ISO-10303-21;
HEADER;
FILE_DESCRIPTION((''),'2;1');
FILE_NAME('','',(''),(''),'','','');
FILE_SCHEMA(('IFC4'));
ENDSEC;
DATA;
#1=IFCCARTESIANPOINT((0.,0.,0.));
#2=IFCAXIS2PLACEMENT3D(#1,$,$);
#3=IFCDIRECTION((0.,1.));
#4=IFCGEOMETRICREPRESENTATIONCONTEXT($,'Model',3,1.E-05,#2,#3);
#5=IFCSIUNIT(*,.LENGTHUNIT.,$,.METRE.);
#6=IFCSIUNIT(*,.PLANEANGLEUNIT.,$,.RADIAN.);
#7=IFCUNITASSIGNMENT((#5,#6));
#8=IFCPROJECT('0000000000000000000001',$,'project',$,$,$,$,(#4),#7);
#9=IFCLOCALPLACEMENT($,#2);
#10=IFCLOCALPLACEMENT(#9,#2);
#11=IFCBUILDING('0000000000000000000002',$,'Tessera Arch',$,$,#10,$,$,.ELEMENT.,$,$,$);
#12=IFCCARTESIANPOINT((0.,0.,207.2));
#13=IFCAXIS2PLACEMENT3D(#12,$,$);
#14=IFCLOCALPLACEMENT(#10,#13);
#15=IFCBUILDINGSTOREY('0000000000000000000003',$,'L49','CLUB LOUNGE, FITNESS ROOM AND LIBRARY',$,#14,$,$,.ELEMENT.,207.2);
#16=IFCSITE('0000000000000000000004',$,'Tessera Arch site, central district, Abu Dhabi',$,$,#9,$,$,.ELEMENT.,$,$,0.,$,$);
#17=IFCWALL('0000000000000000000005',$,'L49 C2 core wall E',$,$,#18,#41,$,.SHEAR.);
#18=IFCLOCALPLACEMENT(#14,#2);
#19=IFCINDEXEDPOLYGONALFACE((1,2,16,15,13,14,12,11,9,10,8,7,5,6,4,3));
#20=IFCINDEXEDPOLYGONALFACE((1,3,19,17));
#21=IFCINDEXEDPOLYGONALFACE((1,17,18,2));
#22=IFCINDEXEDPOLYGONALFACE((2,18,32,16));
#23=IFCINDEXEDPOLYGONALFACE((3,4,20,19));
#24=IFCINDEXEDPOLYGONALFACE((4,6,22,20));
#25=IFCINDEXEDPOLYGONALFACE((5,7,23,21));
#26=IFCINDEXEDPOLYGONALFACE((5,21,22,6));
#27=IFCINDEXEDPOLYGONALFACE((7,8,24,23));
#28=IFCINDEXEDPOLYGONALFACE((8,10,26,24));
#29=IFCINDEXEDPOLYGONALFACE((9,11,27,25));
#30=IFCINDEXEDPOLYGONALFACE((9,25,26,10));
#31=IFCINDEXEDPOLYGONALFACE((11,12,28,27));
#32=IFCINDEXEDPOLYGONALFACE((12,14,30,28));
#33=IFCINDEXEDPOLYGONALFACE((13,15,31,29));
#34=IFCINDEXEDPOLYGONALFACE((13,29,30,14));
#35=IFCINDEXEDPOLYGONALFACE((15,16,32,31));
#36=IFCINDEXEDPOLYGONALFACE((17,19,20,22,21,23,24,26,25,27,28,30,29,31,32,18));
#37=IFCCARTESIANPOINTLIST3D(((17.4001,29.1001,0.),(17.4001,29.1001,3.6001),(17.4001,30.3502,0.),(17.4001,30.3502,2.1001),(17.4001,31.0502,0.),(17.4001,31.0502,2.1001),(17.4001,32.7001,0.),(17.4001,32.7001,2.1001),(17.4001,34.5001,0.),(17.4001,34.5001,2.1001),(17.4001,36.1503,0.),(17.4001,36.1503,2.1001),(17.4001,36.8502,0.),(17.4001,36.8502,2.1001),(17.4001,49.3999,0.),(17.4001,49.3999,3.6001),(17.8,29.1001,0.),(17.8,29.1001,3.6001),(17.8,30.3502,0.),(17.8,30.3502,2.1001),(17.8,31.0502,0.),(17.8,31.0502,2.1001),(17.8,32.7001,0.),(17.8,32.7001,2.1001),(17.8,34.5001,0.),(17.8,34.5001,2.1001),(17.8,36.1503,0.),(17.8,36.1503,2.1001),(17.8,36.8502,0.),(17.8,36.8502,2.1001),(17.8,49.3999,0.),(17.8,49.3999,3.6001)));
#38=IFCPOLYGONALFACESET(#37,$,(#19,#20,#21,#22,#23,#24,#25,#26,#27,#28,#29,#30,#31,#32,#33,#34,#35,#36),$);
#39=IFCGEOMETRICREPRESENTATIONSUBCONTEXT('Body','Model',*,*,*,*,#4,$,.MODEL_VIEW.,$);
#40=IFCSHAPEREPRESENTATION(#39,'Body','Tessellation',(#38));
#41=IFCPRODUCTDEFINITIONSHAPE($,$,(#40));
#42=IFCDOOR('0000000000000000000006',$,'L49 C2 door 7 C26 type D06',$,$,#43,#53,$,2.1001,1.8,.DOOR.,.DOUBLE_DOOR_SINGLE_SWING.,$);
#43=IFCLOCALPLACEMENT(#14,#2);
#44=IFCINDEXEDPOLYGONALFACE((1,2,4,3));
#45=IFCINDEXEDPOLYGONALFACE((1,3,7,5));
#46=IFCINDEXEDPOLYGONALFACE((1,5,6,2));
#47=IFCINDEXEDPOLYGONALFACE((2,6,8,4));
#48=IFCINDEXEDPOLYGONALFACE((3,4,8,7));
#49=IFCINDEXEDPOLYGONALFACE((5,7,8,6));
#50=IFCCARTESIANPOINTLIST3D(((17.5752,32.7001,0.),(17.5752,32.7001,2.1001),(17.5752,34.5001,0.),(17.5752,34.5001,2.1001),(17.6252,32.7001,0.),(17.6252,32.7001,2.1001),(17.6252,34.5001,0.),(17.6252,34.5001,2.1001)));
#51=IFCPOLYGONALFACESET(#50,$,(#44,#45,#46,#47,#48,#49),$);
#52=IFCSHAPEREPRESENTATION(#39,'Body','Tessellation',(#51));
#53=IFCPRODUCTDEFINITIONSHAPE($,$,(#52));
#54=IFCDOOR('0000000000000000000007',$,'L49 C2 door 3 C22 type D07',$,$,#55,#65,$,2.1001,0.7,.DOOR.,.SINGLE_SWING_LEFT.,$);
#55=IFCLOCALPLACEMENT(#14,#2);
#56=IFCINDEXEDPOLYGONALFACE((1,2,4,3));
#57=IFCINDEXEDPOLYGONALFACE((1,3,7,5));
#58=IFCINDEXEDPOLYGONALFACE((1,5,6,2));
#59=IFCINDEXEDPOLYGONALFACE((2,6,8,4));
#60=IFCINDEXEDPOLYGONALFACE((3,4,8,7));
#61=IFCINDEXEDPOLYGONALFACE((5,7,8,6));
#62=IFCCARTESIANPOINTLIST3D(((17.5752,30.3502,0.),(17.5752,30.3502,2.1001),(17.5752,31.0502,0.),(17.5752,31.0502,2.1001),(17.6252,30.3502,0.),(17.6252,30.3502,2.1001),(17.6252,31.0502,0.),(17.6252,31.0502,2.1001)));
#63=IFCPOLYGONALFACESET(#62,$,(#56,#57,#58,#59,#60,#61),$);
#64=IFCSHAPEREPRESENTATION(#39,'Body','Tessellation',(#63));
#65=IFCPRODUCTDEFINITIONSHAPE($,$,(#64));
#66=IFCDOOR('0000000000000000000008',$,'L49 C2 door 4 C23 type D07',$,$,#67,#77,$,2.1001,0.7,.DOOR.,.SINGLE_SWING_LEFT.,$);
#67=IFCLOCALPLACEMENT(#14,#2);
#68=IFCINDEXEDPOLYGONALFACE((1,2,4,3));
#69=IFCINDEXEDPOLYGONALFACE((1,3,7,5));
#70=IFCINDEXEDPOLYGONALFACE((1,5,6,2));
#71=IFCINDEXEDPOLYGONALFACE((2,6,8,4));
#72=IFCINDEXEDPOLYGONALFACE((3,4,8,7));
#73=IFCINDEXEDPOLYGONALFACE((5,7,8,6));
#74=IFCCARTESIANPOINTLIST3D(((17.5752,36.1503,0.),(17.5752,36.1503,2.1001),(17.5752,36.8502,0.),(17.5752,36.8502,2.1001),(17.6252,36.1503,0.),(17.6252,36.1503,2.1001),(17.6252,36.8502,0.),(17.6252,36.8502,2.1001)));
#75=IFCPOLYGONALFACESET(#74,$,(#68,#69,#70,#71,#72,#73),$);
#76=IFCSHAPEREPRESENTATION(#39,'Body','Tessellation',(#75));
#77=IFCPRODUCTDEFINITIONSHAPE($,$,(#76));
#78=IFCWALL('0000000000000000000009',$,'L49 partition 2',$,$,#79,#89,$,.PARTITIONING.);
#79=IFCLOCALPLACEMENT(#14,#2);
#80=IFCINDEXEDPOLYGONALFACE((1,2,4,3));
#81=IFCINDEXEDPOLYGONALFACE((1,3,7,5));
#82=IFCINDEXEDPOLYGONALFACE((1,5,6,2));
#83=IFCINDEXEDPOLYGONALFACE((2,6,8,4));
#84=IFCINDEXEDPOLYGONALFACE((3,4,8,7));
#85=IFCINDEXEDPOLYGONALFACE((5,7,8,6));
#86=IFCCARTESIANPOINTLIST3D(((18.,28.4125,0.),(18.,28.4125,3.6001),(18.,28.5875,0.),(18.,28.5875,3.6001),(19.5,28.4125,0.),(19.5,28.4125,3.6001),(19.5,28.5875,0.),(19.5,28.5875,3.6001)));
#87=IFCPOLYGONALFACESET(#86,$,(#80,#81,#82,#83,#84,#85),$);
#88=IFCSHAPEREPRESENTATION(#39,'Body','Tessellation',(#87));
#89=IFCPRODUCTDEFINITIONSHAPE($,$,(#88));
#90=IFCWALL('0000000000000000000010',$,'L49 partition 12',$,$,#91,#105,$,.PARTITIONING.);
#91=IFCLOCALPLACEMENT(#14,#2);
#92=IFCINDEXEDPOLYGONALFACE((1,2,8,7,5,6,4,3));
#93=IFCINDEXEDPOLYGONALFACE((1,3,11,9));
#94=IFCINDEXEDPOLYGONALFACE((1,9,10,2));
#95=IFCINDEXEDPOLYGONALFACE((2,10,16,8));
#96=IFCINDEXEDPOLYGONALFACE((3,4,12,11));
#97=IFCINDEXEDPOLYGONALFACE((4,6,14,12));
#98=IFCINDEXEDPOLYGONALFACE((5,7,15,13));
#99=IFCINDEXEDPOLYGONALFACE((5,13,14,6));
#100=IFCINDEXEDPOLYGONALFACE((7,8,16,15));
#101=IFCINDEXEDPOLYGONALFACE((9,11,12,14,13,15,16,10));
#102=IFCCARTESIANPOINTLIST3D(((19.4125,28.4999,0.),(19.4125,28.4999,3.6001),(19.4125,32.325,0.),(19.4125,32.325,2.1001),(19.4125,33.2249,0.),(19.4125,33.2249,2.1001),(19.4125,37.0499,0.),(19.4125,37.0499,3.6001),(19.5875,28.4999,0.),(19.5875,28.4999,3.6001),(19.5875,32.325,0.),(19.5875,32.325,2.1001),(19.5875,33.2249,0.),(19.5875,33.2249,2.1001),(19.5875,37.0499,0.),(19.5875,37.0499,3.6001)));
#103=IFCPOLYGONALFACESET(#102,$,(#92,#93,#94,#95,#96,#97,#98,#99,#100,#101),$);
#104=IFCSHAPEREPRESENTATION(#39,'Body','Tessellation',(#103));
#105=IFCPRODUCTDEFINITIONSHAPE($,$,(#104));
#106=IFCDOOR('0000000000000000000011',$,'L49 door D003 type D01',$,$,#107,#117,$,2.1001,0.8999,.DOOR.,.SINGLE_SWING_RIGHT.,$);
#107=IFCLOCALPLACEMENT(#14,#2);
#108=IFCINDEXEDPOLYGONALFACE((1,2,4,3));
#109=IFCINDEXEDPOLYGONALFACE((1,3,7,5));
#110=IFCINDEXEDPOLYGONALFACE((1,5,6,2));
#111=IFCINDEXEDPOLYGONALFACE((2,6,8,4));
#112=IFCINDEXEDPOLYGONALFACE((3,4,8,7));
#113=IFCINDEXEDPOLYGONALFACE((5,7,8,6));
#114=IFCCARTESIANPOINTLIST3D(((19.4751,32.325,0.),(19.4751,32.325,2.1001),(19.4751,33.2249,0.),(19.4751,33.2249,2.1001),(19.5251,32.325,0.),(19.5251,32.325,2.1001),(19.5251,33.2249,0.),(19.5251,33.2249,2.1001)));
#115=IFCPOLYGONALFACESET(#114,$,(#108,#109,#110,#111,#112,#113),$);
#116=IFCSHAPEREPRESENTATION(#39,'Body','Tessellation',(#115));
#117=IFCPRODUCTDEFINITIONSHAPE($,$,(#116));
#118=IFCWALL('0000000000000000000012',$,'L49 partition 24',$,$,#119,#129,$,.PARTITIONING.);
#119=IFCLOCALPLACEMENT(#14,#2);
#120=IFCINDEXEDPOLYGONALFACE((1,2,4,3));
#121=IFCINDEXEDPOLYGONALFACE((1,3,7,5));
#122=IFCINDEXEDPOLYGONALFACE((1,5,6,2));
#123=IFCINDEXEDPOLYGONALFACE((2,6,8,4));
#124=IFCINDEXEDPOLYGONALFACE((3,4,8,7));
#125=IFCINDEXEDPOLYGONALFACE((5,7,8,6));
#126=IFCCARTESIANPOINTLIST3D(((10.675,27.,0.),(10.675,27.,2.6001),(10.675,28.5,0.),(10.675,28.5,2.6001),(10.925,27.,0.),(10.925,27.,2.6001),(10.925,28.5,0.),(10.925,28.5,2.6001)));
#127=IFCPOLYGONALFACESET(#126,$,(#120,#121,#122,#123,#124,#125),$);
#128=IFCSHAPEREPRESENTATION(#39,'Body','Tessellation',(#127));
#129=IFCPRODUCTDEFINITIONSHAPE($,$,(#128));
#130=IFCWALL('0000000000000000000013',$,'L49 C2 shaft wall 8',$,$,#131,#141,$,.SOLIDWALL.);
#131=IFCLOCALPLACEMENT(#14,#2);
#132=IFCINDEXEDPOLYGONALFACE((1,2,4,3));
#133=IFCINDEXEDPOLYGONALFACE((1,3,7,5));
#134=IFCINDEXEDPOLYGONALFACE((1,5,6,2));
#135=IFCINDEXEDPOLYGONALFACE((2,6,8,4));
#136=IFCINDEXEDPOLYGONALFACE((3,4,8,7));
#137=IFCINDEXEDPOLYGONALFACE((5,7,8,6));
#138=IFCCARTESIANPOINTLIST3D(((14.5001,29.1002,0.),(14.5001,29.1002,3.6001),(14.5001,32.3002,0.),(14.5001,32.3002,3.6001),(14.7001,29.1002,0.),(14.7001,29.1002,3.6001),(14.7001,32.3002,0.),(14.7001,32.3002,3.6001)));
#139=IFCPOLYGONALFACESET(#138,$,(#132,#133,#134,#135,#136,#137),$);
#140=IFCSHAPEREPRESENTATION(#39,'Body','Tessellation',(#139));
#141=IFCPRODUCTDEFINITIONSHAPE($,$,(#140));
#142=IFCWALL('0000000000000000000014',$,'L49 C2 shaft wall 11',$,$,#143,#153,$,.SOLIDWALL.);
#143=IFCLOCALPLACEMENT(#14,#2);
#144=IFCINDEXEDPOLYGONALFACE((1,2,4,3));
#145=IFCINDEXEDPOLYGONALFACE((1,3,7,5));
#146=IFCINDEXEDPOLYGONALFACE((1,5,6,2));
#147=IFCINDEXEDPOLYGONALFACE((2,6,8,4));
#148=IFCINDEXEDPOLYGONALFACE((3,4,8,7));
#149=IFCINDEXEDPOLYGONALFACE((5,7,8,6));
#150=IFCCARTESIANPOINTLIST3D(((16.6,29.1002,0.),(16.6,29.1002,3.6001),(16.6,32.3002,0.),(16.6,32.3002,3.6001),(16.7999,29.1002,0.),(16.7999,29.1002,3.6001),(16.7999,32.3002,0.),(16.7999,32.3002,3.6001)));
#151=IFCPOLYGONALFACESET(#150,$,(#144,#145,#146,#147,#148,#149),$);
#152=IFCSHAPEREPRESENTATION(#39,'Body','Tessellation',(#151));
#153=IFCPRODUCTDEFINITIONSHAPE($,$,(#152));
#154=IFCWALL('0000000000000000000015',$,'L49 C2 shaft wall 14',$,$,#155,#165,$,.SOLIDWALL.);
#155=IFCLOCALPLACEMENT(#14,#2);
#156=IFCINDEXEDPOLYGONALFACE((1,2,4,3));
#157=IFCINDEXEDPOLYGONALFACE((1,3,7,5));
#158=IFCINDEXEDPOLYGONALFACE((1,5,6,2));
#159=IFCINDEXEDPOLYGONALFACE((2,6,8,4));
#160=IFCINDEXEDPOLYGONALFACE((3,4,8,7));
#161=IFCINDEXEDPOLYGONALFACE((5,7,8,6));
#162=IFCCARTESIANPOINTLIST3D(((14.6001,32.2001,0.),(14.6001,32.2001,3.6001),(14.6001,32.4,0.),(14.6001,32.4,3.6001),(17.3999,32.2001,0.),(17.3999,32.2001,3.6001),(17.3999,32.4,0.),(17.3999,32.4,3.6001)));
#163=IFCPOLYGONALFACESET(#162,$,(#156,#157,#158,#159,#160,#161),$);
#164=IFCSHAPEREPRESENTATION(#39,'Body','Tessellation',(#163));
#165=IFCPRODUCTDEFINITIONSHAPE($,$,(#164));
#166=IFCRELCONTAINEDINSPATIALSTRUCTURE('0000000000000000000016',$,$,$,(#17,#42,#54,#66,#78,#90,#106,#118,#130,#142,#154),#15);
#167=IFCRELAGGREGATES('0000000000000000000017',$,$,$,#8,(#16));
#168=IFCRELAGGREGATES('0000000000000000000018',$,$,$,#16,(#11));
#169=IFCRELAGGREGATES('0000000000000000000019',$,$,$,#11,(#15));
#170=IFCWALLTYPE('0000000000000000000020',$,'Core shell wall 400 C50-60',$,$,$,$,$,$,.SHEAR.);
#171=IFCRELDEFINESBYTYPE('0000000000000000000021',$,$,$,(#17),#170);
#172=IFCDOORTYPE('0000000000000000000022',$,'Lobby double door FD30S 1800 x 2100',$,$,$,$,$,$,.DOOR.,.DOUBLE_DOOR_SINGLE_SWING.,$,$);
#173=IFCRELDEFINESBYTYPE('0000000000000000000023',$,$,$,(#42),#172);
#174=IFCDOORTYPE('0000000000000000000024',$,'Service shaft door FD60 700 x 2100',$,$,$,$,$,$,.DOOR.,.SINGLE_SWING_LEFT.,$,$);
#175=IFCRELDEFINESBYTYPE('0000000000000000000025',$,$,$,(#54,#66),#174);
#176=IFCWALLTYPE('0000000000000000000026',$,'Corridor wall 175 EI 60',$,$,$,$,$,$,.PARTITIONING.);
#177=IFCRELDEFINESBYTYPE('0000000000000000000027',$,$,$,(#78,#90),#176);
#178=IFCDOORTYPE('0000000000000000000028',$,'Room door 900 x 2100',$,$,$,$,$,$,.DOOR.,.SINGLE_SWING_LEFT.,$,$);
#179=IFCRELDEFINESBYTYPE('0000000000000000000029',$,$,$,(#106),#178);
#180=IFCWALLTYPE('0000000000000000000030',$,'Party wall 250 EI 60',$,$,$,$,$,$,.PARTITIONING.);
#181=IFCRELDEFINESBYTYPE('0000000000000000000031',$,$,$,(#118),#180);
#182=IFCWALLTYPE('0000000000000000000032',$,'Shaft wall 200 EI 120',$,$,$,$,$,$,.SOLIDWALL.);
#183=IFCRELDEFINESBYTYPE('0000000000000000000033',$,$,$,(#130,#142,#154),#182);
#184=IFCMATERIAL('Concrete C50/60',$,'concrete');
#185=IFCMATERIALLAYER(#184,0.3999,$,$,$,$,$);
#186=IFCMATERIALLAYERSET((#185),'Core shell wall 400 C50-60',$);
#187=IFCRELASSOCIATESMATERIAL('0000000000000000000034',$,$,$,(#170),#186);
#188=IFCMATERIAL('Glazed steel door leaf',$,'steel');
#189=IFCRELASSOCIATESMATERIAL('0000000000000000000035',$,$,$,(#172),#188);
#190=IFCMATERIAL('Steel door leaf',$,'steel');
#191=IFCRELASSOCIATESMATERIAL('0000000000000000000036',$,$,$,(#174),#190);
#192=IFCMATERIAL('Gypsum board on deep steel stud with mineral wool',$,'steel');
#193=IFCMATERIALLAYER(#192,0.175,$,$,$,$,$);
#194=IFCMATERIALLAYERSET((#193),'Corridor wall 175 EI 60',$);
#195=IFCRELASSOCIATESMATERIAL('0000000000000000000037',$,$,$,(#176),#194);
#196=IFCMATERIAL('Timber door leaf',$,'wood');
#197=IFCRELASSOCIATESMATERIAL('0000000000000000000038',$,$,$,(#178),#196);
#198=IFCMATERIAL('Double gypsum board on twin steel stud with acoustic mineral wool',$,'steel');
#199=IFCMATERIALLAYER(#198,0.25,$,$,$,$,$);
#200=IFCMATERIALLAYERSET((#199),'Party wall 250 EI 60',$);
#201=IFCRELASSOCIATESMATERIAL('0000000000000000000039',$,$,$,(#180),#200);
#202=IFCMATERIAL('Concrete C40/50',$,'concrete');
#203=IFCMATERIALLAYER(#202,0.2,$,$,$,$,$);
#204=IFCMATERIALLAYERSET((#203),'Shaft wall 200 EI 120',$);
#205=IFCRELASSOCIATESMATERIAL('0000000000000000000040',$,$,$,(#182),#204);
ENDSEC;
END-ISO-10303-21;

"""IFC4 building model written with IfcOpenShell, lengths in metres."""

from ifc_helpers import new_model, si_unit, direction, frame, frame_2d, origin, place, context, subcontext, project, spatial, rectangle, extrude, material, layer, layer_set, type_object, element, fill, save


model = new_model("IFC4")

# Units and contexts
model_context = context("Model", 3, precision=1e-05, world=origin(), true_north=direction((0.0, 1.0)))
body_context = subcontext(model_context, "Body", "Model", "MODEL_VIEW")
ifc_project = project(units=[si_unit("LENGTHUNIT", "METRE"), si_unit("PLANEANGLEUNIT", "RADIAN")], contexts=[model_context])

# Site, building, storey
site_placement = place(None, origin())
site = spatial("IfcSite", under=ifc_project, at=site_placement, Name="Tessera Arch site, central district, Abu Dhabi", CompositionType="ELEMENT", RefElevation=0.0)
building_placement = place(site_placement, origin())
building = spatial("IfcBuilding", under=site, at=building_placement, Name="Tessera Arch", CompositionType="ELEMENT")
storey_placement = place(building_placement, frame((0.0, 0.0, 207.2)))
storey = spatial("IfcBuildingStorey", under=building, at=storey_placement, Name="L49", Description="CLUB LOUNGE, FITNESS ROOM AND LIBRARY", CompositionType="ELEMENT", Elevation=207.2)

# Wall, openings, doors
ifc_material_1 = material(Name="Concrete C50/60", Category="concrete")
ifc_layer_1 = layer(ifc_material_1, 0.3999)
ifc_layer_set_1 = layer_set([ifc_layer_1], Name="Core shell wall 400 C50-60")
wall_type_1 = type_object("IfcWallType", Name="Core shell wall 400 C50-60", PredefinedType="SHEAR", material=ifc_layer_set_1)
wall_1_placement = place(storey_placement, frame((17.6001, 29.1001, 0.0), z_axis=(0.0, 0.0, 1.0), x_axis=(0.0, 1.0, 0.0)))
wall_1 = element("IfcWall", 1, at=wall_1_placement, inside=storey, type_object=wall_type_1, Name="L49 C2 core wall E", PredefinedType="SHEAR", context=body_context, shape_type="SweptSolid", body=[
    extrude(rectangle(XDim=20.2998, YDim=0.3999, at=frame_2d((10.1499, 0.0))), origin(), (0.0, 0.0, 1.0), 3.6001),
])
opening_1_placement = place(wall_1_placement, frame((1.25, 0.0, 0.0)))
opening_1 = element("IfcOpeningElement", 2, at=opening_1_placement, cuts=wall_1, PredefinedType="OPENING", context=body_context, shape_type="SweptSolid", body=[
    extrude(rectangle(XDim=0.7, YDim=2.1001, at=frame_2d((0.3501, 1.05))), frame((0.0, 0.21, 0.0), z_axis=(0.0, -1.0, 0.0), x_axis=(1.0, 0.0, 0.0)), (0.0, 0.0, 1.0), 0.4199),
])
opening_2_placement = place(wall_1_placement, frame((7.05, 0.0, 0.0)))
opening_2 = element("IfcOpeningElement", 3, at=opening_2_placement, cuts=wall_1, PredefinedType="OPENING", context=body_context, shape_type="SweptSolid", body=[
    extrude(rectangle(XDim=0.7, YDim=2.1001, at=frame_2d((0.3501, 1.05))), frame((0.0, 0.21, 0.0), z_axis=(0.0, -1.0, 0.0), x_axis=(1.0, 0.0, 0.0)), (0.0, 0.0, 1.0), 0.4199),
])
opening_3_placement = place(wall_1_placement, frame((3.6001, 0.0, 0.0)))
opening_3 = element("IfcOpeningElement", 4, at=opening_3_placement, cuts=wall_1, PredefinedType="OPENING", context=body_context, shape_type="SweptSolid", body=[
    extrude(rectangle(XDim=1.8, YDim=2.1001, at=frame_2d((0.8999, 1.05))), frame((0.0, 0.21, 0.0), z_axis=(0.0, -1.0, 0.0), x_axis=(1.0, 0.0, 0.0)), (0.0, 0.0, 1.0), 0.4199),
])
ifc_material_2 = material(Name="Glazed steel door leaf", Category="steel")
door_type_1 = type_object("IfcDoorType", Name="Lobby double door FD30S 1800 x 2100", OperationType="DOUBLE_DOOR_SINGLE_SWING", PredefinedType="DOOR", material=ifc_material_2)
door_1_placement = place(opening_3_placement, origin())
door_1 = element("IfcDoor", 5, at=door_1_placement, inside=storey, type_object=door_type_1, Name="L49 C2 door 7 C26 type D06", OperationType="DOUBLE_DOOR_SINGLE_SWING", OverallHeight=2.1001, OverallWidth=1.8, PredefinedType="DOOR", context=body_context, shape_type="SweptSolid", body=[
    extrude(rectangle(XDim=1.8, YDim=2.1001, at=frame_2d((0.8999, 1.05))), frame((0.0, 0.0249, 0.0), z_axis=(0.0, -1.0, 0.0), x_axis=(1.0, 0.0, 0.0)), (0.0, 0.0, 1.0), 0.05),
])
fill(opening_3, door_1)
ifc_material_3 = material(Name="Steel door leaf", Category="steel")
door_type_2 = type_object("IfcDoorType", Name="Service shaft door FD60 700 x 2100", OperationType="SINGLE_SWING_LEFT", PredefinedType="DOOR", material=ifc_material_3)
door_2_placement = place(opening_1_placement, origin())
door_2 = element("IfcDoor", 6, at=door_2_placement, inside=storey, type_object=door_type_2, Name="L49 C2 door 3 C22 type D07", OperationType="SINGLE_SWING_LEFT", OverallHeight=2.1001, OverallWidth=0.7, PredefinedType="DOOR", context=body_context, shape_type="SweptSolid", body=[
    extrude(rectangle(XDim=0.7, YDim=2.1001, at=frame_2d((0.3501, 1.05))), frame((0.0, 0.0249, 0.0), z_axis=(0.0, -1.0, 0.0), x_axis=(1.0, 0.0, 0.0)), (0.0, 0.0, 1.0), 0.05),
])
fill(opening_1, door_2)
door_3_placement = place(opening_2_placement, origin())
door_3 = element("IfcDoor", 7, at=door_3_placement, inside=storey, type_object=door_type_2, Name="L49 C2 door 4 C23 type D07", OperationType="SINGLE_SWING_LEFT", OverallHeight=2.1001, OverallWidth=0.7, PredefinedType="DOOR", context=body_context, shape_type="SweptSolid", body=[
    extrude(rectangle(XDim=0.7, YDim=2.1001, at=frame_2d((0.3501, 1.05))), frame((0.0, 0.0249, 0.0), z_axis=(0.0, -1.0, 0.0), x_axis=(1.0, 0.0, 0.0)), (0.0, 0.0, 1.0), 0.05),
])
fill(opening_2, door_3)

# Wall
ifc_material_4 = material(Name="Gypsum board on deep steel stud with mineral wool", Category="steel")
ifc_layer_2 = layer(ifc_material_4, 0.175)
ifc_layer_set_2 = layer_set([ifc_layer_2], Name="Corridor wall 175 EI 60")
wall_type_2 = type_object("IfcWallType", Name="Corridor wall 175 EI 60", PredefinedType="PARTITIONING", material=ifc_layer_set_2)
wall_2_placement = place(storey_placement, frame((18.0, 28.5, 0.0), z_axis=(0.0, 0.0, 1.0), x_axis=(1.0, 0.0, 0.0)))
element("IfcWall", 8, at=wall_2_placement, inside=storey, type_object=wall_type_2, Name="L49 partition 2", PredefinedType="PARTITIONING", context=body_context, shape_type="SweptSolid", body=[
    extrude(rectangle(XDim=1.5, YDim=0.175, at=frame_2d((0.75, 0.0))), origin(), (0.0, 0.0, 1.0), 3.6001),
])

# Wall, opening, door
wall_3_placement = place(storey_placement, frame((19.5, 28.5, 0.0), z_axis=(0.0, 0.0, 1.0), x_axis=(0.0, 1.0, 0.0)))
wall_3 = element("IfcWall", 9, at=wall_3_placement, inside=storey, type_object=wall_type_2, Name="L49 partition 12", PredefinedType="PARTITIONING", context=body_context, shape_type="SweptSolid", body=[
    extrude(rectangle(XDim=8.55, YDim=0.175, at=frame_2d((4.2749, 0.0))), origin(), (0.0, 0.0, 1.0), 3.6001),
])
opening_4_placement = place(wall_3_placement, frame((3.825, 0.0, 0.0)))
opening_4 = element("IfcOpeningElement", 10, at=opening_4_placement, cuts=wall_3, PredefinedType="OPENING", context=body_context, shape_type="SweptSolid", body=[
    extrude(rectangle(XDim=0.8999, YDim=2.1001, at=frame_2d((0.45, 1.05))), frame((0.0, 0.0974, 0.0), z_axis=(0.0, -1.0, 0.0), x_axis=(1.0, 0.0, 0.0)), (0.0, 0.0, 1.0), 0.1951),
])
ifc_material_5 = material(Name="Timber door leaf", Category="wood")
door_type_3 = type_object("IfcDoorType", Name="Room door 900 x 2100", OperationType="SINGLE_SWING_LEFT", PredefinedType="DOOR", material=ifc_material_5)
door_4_placement = place(opening_4_placement, origin())
door_4 = element("IfcDoor", 11, at=door_4_placement, inside=storey, type_object=door_type_3, Name="L49 door D003 type D01", OperationType="SINGLE_SWING_RIGHT", OverallHeight=2.1001, OverallWidth=0.8999, PredefinedType="DOOR", context=body_context, shape_type="SweptSolid", body=[
    extrude(rectangle(XDim=0.8999, YDim=2.1001, at=frame_2d((0.45, 1.05))), frame((0.0, 0.0249, 0.0), z_axis=(0.0, -1.0, 0.0), x_axis=(1.0, 0.0, 0.0)), (0.0, 0.0, 1.0), 0.05),
])
fill(opening_4, door_4)

# Walls
ifc_material_6 = material(Name="Double gypsum board on twin steel stud with acoustic mineral wool", Category="steel")
ifc_layer_3 = layer(ifc_material_6, 0.25)
ifc_layer_set_3 = layer_set([ifc_layer_3], Name="Party wall 250 EI 60")
wall_type_3 = type_object("IfcWallType", Name="Party wall 250 EI 60", PredefinedType="PARTITIONING", material=ifc_layer_set_3)
wall_4_placement = place(storey_placement, frame((10.8, 27.0, 0.0), z_axis=(0.0, 0.0, 1.0), x_axis=(0.0, 1.0, 0.0)))
element("IfcWall", 12, at=wall_4_placement, inside=storey, type_object=wall_type_3, Name="L49 partition 24", PredefinedType="PARTITIONING", context=body_context, shape_type="SweptSolid", body=[
    extrude(rectangle(XDim=1.5, YDim=0.25, at=frame_2d((0.75, 0.0))), origin(), (0.0, 0.0, 1.0), 2.6001),
])
ifc_material_7 = material(Name="Concrete C40/50", Category="concrete")
ifc_layer_4 = layer(ifc_material_7, 0.2)
ifc_layer_set_4 = layer_set([ifc_layer_4], Name="Shaft wall 200 EI 120")
wall_type_4 = type_object("IfcWallType", Name="Shaft wall 200 EI 120", PredefinedType="SOLIDWALL", material=ifc_layer_set_4)
for number, where, z_axis, x_axis, name in (
    (13, (14.6001, 29.1001, 0.0), (0.0, 0.0, 1.0), (0.0, 1.0, 0.0), "L49 C2 shaft wall 8"),
    (14, (16.7, 29.1001, 0.0), (0.0, 0.0, 1.0), (0.0, 1.0, 0.0), "L49 C2 shaft wall 11"),
):
    element("IfcWall", number, at=place(storey_placement, frame(where, z_axis=z_axis, x_axis=x_axis)), inside=storey, type_object=wall_type_4, Name=name, PredefinedType="SOLIDWALL", context=body_context, shape_type="SweptSolid", body=[
        extrude(rectangle(XDim=3.2, YDim=0.2, at=frame_2d((1.6001, 0.0))), origin(), (0.0, 0.0, 1.0), 3.6001),
    ])
wall_5_placement = place(storey_placement, frame((14.6001, 32.3, 0.0), z_axis=(0.0, 0.0, 1.0), x_axis=(1.0, 0.0, 0.0)))
element("IfcWall", 15, at=wall_5_placement, inside=storey, type_object=wall_type_4, Name="L49 C2 shaft wall 14", PredefinedType="SOLIDWALL", context=body_context, shape_type="SweptSolid", body=[
    extrude(rectangle(XDim=2.7998, YDim=0.2, at=frame_2d((1.3999, 0.0))), origin(), (0.0, 0.0, 1.0), 3.6001),
])

save(model, "model.ifc")
